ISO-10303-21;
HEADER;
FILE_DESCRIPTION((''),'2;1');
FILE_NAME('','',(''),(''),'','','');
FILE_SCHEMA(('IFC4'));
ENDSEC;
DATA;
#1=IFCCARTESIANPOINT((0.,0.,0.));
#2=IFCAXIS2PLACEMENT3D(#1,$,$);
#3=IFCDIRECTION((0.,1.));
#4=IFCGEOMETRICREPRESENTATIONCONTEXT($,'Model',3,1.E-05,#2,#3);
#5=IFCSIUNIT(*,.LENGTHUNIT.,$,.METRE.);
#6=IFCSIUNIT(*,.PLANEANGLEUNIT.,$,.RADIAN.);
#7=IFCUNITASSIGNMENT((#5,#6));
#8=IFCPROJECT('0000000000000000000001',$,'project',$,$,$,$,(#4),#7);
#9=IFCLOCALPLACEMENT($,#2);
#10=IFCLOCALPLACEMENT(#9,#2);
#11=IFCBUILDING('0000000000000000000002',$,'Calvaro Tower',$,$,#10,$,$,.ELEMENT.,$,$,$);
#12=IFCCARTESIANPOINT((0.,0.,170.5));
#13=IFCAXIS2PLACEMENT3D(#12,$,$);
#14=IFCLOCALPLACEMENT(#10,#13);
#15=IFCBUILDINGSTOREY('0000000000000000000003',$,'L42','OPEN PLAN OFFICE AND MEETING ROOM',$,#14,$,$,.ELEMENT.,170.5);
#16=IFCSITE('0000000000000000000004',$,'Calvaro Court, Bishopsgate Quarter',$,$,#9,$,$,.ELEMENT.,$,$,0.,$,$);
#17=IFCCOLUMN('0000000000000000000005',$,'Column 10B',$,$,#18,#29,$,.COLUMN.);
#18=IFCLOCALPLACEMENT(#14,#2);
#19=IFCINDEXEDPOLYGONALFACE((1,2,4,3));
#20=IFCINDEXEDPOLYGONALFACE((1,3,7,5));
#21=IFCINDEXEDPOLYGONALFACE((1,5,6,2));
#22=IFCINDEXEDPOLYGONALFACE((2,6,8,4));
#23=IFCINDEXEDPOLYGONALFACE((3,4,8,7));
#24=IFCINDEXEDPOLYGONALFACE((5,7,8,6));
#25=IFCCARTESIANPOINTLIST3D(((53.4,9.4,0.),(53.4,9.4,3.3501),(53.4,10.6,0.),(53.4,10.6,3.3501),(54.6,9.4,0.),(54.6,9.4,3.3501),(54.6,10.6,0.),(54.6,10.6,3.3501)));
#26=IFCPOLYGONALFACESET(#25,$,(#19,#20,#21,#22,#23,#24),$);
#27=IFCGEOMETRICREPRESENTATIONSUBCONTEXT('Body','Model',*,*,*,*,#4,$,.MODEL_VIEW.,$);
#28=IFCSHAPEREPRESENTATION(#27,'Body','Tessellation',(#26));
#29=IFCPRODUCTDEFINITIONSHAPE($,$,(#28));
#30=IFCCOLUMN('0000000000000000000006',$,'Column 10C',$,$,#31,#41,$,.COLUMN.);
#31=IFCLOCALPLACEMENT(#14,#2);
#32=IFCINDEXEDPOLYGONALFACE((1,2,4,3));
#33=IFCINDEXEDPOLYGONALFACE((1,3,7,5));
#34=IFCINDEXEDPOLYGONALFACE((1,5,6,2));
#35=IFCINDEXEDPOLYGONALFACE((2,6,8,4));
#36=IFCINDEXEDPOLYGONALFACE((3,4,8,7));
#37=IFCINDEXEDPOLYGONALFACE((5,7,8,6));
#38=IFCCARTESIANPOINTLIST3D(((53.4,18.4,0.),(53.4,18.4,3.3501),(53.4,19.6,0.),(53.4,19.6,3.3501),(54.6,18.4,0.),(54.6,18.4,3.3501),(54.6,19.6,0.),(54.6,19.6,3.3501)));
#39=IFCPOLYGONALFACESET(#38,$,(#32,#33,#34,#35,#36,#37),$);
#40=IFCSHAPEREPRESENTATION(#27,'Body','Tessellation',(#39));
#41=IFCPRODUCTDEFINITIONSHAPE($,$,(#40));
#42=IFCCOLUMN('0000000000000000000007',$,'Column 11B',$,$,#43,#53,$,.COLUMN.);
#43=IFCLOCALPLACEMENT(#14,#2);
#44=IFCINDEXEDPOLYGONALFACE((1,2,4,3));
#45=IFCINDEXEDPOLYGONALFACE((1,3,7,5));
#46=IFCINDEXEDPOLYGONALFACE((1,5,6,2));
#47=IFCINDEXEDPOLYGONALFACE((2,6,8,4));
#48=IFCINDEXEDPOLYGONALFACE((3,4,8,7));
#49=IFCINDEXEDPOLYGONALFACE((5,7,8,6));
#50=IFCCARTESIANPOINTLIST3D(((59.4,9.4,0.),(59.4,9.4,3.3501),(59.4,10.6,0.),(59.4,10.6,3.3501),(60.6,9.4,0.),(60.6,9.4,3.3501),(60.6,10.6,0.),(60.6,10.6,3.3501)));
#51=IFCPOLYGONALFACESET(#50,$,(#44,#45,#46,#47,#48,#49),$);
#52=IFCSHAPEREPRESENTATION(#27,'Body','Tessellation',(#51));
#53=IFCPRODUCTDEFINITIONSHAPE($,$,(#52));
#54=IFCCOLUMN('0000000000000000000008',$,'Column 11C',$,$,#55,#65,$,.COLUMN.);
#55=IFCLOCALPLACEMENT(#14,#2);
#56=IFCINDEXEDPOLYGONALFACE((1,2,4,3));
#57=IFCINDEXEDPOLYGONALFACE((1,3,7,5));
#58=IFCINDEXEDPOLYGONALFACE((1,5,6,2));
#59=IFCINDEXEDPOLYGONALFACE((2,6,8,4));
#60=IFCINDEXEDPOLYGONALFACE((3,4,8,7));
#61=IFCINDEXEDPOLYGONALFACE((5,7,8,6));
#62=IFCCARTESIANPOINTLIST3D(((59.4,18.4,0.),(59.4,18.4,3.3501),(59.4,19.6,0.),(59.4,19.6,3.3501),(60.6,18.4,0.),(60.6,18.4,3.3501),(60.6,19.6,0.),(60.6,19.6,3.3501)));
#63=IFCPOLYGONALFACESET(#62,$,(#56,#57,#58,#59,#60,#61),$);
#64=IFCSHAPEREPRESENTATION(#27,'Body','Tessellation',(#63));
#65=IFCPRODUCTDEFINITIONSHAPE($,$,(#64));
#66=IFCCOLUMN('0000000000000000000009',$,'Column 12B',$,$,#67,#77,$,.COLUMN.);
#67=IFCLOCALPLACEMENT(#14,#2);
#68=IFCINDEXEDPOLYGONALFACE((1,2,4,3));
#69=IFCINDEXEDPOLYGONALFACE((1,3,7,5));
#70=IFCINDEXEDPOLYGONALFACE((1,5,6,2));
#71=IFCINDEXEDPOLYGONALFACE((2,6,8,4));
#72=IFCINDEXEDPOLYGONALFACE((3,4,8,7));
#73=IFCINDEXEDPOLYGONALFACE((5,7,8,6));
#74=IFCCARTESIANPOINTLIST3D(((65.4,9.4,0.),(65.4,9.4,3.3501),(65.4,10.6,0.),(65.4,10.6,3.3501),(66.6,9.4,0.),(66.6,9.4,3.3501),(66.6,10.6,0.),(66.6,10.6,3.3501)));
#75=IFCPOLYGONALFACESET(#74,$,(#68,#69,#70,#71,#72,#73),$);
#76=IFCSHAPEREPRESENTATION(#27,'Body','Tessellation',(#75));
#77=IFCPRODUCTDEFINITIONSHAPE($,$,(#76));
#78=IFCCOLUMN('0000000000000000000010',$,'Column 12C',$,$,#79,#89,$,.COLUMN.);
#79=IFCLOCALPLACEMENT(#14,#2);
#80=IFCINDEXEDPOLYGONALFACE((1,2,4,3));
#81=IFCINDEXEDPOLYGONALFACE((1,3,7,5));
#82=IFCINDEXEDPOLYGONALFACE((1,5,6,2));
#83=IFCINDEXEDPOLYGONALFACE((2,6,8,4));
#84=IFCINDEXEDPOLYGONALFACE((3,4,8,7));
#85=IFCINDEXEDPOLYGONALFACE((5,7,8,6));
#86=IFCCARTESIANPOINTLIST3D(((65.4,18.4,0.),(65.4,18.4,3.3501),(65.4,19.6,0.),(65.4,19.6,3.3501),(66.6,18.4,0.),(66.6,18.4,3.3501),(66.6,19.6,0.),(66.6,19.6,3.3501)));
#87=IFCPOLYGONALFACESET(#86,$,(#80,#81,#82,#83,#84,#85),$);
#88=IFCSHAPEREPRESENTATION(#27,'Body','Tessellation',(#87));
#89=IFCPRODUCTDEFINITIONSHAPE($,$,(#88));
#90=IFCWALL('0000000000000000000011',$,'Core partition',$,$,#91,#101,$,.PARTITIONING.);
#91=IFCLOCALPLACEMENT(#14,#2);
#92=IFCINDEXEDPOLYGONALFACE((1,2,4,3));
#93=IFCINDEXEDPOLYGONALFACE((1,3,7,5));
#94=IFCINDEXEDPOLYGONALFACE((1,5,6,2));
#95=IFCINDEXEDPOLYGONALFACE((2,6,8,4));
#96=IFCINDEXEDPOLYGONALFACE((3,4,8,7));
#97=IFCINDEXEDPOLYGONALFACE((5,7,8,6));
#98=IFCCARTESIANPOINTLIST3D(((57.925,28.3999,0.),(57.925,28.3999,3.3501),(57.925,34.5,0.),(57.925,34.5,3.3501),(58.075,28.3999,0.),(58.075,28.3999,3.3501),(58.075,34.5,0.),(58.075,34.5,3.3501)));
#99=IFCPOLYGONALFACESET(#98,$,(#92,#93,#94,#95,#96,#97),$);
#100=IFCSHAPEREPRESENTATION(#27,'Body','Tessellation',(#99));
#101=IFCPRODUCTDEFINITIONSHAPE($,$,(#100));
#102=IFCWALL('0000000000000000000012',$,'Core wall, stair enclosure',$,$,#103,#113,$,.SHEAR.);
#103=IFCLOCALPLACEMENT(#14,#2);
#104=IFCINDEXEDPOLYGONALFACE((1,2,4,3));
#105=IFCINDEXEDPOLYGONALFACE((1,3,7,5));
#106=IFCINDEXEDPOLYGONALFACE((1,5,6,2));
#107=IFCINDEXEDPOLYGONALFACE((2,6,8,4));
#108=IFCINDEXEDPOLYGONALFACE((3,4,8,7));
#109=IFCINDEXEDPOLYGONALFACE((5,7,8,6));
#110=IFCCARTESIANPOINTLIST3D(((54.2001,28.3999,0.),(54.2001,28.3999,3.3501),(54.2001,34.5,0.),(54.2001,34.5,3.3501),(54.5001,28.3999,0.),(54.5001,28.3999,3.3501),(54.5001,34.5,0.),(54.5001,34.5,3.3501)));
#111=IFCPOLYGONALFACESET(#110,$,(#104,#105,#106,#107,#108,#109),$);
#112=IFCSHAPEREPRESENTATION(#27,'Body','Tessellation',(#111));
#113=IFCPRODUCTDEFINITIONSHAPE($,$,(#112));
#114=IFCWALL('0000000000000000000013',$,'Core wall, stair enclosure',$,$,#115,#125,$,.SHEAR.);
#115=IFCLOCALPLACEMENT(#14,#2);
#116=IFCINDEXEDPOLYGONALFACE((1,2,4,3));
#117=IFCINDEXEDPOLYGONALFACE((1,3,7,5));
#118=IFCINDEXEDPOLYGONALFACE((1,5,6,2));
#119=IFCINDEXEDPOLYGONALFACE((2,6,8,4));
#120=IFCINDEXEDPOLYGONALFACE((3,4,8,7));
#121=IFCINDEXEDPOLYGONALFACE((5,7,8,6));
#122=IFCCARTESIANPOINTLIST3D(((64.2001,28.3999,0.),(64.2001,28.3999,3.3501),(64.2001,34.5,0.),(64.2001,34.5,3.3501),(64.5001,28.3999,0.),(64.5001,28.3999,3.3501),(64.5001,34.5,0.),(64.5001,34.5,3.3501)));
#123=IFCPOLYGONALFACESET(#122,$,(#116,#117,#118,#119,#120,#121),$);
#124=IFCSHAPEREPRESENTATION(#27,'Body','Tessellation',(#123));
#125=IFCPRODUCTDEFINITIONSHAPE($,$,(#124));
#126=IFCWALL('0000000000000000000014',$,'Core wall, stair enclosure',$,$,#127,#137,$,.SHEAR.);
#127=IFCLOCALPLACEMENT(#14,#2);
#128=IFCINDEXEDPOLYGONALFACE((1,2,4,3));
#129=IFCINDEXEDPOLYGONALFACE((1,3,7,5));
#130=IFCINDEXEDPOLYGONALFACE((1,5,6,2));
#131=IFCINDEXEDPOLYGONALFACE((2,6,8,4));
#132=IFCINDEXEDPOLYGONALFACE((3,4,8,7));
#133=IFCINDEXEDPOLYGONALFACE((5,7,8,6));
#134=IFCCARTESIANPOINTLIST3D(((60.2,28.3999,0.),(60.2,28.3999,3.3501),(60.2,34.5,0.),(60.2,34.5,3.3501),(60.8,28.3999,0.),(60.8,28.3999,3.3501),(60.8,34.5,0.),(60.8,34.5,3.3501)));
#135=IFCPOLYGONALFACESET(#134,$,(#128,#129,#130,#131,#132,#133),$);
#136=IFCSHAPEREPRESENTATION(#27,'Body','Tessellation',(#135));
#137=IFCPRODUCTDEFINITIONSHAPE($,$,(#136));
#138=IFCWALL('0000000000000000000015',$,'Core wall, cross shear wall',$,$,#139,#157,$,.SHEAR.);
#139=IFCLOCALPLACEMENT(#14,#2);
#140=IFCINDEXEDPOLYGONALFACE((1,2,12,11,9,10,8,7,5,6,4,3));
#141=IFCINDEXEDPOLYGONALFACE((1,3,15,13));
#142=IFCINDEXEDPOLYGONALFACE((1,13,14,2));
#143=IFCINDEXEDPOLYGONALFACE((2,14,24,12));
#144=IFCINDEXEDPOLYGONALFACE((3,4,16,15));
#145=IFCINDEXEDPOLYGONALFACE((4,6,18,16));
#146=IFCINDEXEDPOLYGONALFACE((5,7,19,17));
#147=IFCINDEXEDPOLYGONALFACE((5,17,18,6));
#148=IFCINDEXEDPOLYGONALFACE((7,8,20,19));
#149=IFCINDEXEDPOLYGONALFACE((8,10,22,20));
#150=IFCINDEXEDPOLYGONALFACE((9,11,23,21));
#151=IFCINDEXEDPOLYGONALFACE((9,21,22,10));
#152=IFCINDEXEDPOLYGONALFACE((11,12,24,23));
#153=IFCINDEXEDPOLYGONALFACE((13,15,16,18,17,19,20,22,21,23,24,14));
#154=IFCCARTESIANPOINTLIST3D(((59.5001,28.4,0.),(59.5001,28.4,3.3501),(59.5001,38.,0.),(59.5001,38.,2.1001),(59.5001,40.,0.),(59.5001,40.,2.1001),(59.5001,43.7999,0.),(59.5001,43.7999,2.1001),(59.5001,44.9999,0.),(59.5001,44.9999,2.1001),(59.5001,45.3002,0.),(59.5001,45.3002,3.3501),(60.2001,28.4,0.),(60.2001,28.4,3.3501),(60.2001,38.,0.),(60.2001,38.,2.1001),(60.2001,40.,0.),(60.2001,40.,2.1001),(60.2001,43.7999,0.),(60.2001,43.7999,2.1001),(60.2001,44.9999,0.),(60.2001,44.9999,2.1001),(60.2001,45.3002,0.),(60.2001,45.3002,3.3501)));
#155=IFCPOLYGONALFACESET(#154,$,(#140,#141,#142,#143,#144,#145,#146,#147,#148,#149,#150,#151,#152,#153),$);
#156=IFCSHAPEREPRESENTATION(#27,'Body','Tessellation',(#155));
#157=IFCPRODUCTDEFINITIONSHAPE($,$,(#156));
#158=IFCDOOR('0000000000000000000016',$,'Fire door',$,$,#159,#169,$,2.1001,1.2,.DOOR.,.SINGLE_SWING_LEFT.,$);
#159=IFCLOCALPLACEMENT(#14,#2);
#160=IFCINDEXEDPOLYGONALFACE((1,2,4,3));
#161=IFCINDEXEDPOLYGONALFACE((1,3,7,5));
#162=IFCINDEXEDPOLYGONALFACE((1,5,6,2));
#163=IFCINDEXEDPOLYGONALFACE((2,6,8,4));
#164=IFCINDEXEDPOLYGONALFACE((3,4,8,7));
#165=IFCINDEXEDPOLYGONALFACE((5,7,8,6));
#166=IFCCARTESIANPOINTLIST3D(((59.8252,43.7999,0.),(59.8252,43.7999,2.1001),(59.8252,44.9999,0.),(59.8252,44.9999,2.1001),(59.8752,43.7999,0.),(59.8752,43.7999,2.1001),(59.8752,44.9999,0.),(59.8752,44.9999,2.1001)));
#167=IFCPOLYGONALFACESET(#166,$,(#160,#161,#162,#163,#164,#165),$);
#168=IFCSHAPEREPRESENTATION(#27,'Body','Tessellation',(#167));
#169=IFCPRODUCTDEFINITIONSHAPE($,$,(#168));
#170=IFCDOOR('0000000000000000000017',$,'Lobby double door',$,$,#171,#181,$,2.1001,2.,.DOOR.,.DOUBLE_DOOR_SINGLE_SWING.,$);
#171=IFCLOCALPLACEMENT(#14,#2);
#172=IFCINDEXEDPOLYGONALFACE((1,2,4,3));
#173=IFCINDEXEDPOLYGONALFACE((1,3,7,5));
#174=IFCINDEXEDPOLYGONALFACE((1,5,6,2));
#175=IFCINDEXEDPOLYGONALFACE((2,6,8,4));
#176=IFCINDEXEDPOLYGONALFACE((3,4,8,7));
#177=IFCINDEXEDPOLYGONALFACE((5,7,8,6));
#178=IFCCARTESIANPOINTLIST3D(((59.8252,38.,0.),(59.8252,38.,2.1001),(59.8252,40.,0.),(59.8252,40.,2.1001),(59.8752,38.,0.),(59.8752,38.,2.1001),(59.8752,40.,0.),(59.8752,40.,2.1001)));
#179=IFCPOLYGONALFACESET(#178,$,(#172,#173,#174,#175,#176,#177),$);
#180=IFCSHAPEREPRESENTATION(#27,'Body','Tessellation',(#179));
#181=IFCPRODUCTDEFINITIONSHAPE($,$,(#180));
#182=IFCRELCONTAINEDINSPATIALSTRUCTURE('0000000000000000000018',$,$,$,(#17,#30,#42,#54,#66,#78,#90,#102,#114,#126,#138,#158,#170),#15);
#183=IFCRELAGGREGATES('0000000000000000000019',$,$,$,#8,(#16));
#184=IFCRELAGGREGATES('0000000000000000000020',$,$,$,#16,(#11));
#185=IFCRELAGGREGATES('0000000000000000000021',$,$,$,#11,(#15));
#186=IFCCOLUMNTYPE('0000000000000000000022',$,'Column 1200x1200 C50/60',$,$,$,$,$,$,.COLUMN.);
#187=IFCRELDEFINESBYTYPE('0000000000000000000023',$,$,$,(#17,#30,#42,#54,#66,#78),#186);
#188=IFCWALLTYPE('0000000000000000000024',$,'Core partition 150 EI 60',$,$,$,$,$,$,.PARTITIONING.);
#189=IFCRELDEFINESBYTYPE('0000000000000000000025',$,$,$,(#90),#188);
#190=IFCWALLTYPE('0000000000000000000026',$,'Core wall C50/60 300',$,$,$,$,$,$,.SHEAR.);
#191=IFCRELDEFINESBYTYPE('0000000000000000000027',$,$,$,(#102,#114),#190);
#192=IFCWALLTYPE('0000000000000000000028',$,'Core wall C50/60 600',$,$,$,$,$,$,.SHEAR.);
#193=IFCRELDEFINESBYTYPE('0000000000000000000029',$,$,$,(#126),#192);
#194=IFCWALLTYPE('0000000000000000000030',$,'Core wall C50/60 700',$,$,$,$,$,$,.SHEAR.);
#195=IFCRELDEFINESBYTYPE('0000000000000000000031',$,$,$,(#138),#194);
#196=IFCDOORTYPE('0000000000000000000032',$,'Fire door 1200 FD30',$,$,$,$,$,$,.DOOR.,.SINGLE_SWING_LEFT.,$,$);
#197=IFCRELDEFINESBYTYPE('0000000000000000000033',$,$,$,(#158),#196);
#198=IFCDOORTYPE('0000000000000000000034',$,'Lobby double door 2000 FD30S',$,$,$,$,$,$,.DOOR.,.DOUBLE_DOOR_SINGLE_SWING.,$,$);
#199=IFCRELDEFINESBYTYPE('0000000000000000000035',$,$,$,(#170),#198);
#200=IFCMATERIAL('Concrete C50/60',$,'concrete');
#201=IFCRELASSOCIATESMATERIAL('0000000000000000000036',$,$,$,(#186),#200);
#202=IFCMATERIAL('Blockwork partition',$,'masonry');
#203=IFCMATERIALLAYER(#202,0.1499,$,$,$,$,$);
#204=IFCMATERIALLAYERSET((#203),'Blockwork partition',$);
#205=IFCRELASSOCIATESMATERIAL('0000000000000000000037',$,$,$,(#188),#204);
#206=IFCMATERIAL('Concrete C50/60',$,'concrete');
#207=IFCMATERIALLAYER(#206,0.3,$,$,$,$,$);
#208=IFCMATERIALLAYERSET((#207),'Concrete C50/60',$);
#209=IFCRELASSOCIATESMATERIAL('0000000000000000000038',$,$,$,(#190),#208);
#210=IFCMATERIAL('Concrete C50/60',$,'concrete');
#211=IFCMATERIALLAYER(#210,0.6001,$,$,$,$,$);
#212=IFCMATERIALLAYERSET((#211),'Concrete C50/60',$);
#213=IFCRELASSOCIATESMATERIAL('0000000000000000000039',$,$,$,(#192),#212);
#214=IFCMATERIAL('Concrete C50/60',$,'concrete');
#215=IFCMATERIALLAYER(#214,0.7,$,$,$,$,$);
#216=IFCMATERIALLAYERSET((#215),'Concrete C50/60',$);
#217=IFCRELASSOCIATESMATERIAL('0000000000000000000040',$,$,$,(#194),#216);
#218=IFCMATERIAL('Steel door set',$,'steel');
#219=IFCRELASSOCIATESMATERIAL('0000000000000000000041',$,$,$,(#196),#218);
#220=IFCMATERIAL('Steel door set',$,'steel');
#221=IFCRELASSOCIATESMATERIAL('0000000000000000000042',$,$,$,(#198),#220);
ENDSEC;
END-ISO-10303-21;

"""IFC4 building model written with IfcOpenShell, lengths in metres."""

from ifc_helpers import new_model, si_unit, direction, frame, frame_2d, origin, origin_2d, place, context, subcontext, project, spatial, rectangle, extrude, material, layer, layer_set, material_profile, profile_set, type_object, element, fill, save


model = new_model("IFC4")

# Units and contexts
model_context = context("Model", 3, precision=1e-05, world=origin(), true_north=direction((0.0, 1.0)))
body_context = subcontext(model_context, "Body", "Model", "MODEL_VIEW")
ifc_project = project(units=[si_unit("LENGTHUNIT", "METRE"), si_unit("PLANEANGLEUNIT", "RADIAN")], contexts=[model_context])

# Site, building, storey
site_placement = place(None, origin())
site = spatial("IfcSite", under=ifc_project, at=site_placement, Name="Calvaro Court, Bishopsgate Quarter", CompositionType="ELEMENT", RefElevation=0.0)
building_placement = place(site_placement, origin())
building = spatial("IfcBuilding", under=site, at=building_placement, Name="Calvaro Tower", CompositionType="ELEMENT")
storey_placement = place(building_placement, frame((0.0, 0.0, 170.5)))
storey = spatial("IfcBuildingStorey", under=building, at=storey_placement, Name="L42", Description="OPEN PLAN OFFICE AND MEETING ROOM", CompositionType="ELEMENT", Elevation=170.5)

# Columns
ifc_material_1 = material(Name="Concrete C50/60", Category="concrete")
ifc_material_profile = material_profile(ifc_material_1, rectangle(XDim=1.2, YDim=1.2, at=origin_2d()), Name="RC 1200x1200")
ifc_profile_set = profile_set([ifc_material_profile], Name="Concrete C50/60")
column_type = type_object("IfcColumnType", Name="Column 1200x1200 C50/60", PredefinedType="COLUMN", material=ifc_profile_set)
for number, where, z_axis, x_axis, name in (
    (1, (54.0, 10.0, 0.0), (0.0, 0.0, 1.0), (1.0, 0.0, 0.0), "Column 10B"),
    (2, (54.0, 19.0, 0.0), (0.0, 0.0, 1.0), (1.0, 0.0, 0.0), "Column 10C"),
    (3, (60.0, 10.0, 0.0), (0.0, 0.0, 1.0), (1.0, 0.0, 0.0), "Column 11B"),
    (4, (60.0, 19.0, 0.0), (0.0, 0.0, 1.0), (1.0, 0.0, 0.0), "Column 11C"),
    (5, (66.0, 10.0, 0.0), (0.0, 0.0, 1.0), (1.0, 0.0, 0.0), "Column 12B"),
    (6, (66.0, 19.0, 0.0), (0.0, 0.0, 1.0), (1.0, 0.0, 0.0), "Column 12C"),
):
    element("IfcColumn", number, at=place(storey_placement, frame(where, z_axis=z_axis, x_axis=x_axis)), inside=storey, type_object=column_type, Name=name, PredefinedType="COLUMN", context=body_context, shape_type="SweptSolid", body=[
        extrude(rectangle(XDim=1.2, YDim=1.2, at=origin_2d()), origin(), (0.0, 0.0, 1.0), 3.3501),
    ])

# Walls
ifc_material_2 = material(Name="Blockwork partition", Category="masonry")
ifc_layer_1 = layer(ifc_material_2, 0.1499)
ifc_layer_set_1 = layer_set([ifc_layer_1], Name="Blockwork partition")
wall_type_1 = type_object("IfcWallType", Name="Core partition 150 EI 60", PredefinedType="PARTITIONING", material=ifc_layer_set_1)
wall_1_placement = place(storey_placement, frame((58.0, 28.3999, 0.0), z_axis=(0.0, 0.0, 1.0), x_axis=(0.0, 1.0, 0.0)))
element("IfcWall", 7, at=wall_1_placement, inside=storey, type_object=wall_type_1, Name="Core partition", PredefinedType="PARTITIONING", context=body_context, shape_type="SweptSolid", body=[
    extrude(rectangle(XDim=6.1001, YDim=0.1499, at=frame_2d((3.05, 0.0))), origin(), (0.0, 0.0, 1.0), 3.3501),
])
ifc_material_3 = material(Name="Concrete C50/60", Category="concrete")
ifc_layer_2 = layer(ifc_material_3, 0.3)
ifc_layer_set_2 = layer_set([ifc_layer_2], Name="Concrete C50/60")
wall_type_2 = type_object("IfcWallType", Name="Core wall C50/60 300", PredefinedType="SHEAR", material=ifc_layer_set_2)
for number, where, z_axis, x_axis, name in (
    (8, (54.3501, 28.3999, 0.0), (0.0, 0.0, 1.0), (0.0, 1.0, 0.0), "Core wall, stair enclosure"),
    (9, (64.3501, 28.3999, 0.0), (0.0, 0.0, 1.0), (0.0, 1.0, 0.0), "Core wall, stair enclosure"),
):
    element("IfcWall", number, at=place(storey_placement, frame(where, z_axis=z_axis, x_axis=x_axis)), inside=storey, type_object=wall_type_2, Name=name, PredefinedType="SHEAR", context=body_context, shape_type="SweptSolid", body=[
        extrude(rectangle(XDim=6.1001, YDim=0.3, at=frame_2d((3.05, 0.0))), origin(), (0.0, 0.0, 1.0), 3.3501),
    ])
ifc_material_4 = material(Name="Concrete C50/60", Category="concrete")
ifc_layer_3 = layer(ifc_material_4, 0.6001)
ifc_layer_set_3 = layer_set([ifc_layer_3], Name="Concrete C50/60")
wall_type_3 = type_object("IfcWallType", Name="Core wall C50/60 600", PredefinedType="SHEAR", material=ifc_layer_set_3)
wall_2_placement = place(storey_placement, frame((60.5, 28.3999, 0.0), z_axis=(0.0, 0.0, 1.0), x_axis=(0.0, 1.0, 0.0)))
element("IfcWall", 10, at=wall_2_placement, inside=storey, type_object=wall_type_3, Name="Core wall, stair enclosure", PredefinedType="SHEAR", context=body_context, shape_type="SweptSolid", body=[
    extrude(rectangle(XDim=6.1001, YDim=0.6001, at=frame_2d((3.05, 0.0))), origin(), (0.0, 0.0, 1.0), 3.3501),
])

# Wall, openings, doors
ifc_material_5 = material(Name="Concrete C50/60", Category="concrete")
ifc_layer_4 = layer(ifc_material_5, 0.7)
ifc_layer_set_4 = layer_set([ifc_layer_4], Name="Concrete C50/60")
wall_type_4 = type_object("IfcWallType", Name="Core wall C50/60 700", PredefinedType="SHEAR", material=ifc_layer_set_4)
wall_3_placement = place(storey_placement, frame((59.8501, 28.3999, 0.0), z_axis=(0.0, 0.0, 1.0), x_axis=(0.0, 1.0, 0.0)))
wall_3 = element("IfcWall", 11, at=wall_3_placement, inside=storey, type_object=wall_type_4, Name="Core wall, cross shear wall", PredefinedType="SHEAR", context=body_context, shape_type="SweptSolid", body=[
    extrude(rectangle(XDim=16.9001, YDim=0.7, at=frame_2d((8.4502, 0.0))), origin(), (0.0, 0.0, 1.0), 3.3501),
])
opening_1_placement = place(wall_3_placement, frame((9.6001, 0.0, 0.0)))
opening_1 = element("IfcOpeningElement", 12, at=opening_1_placement, cuts=wall_3, PredefinedType="OPENING", context=body_context, shape_type="SweptSolid", body=[
    extrude(rectangle(XDim=2.0, YDim=2.1001, at=frame_2d((1.0, 1.05))), frame((0.0, 0.3599, 0.0), z_axis=(0.0, -1.0, 0.0), x_axis=(1.0, 0.0, 0.0)), (0.0, 0.0, 1.0), 0.72),
])
opening_2_placement = place(wall_3_placement, frame((15.3999, 0.0, 0.0)))
opening_2 = element("IfcOpeningElement", 13, at=opening_2_placement, cuts=wall_3, PredefinedType="OPENING", context=body_context, shape_type="SweptSolid", body=[
    extrude(rectangle(XDim=1.2, YDim=2.1001, at=frame_2d((0.6001, 1.05))), frame((0.0, 0.3599, 0.0), z_axis=(0.0, -1.0, 0.0), x_axis=(1.0, 0.0, 0.0)), (0.0, 0.0, 1.0), 0.72),
])
ifc_material_6 = material(Name="Steel door set", Category="steel")
door_type_1 = type_object("IfcDoorType", Name="Fire door 1200 FD30", OperationType="SINGLE_SWING_LEFT", PredefinedType="DOOR", material=ifc_material_6)
door_1_placement = place(opening_2_placement, origin())
door_1 = element("IfcDoor", 14, at=door_1_placement, inside=storey, type_object=door_type_1, Name="Fire door", OperationType="SINGLE_SWING_LEFT", OverallHeight=2.1001, OverallWidth=1.2, PredefinedType="DOOR", context=body_context, shape_type="SweptSolid", body=[
    extrude(rectangle(XDim=1.2, YDim=2.1001, at=frame_2d((0.6001, 1.05))), frame((0.0, 0.0249, 0.0), z_axis=(0.0, -1.0, 0.0), x_axis=(1.0, 0.0, 0.0)), (0.0, 0.0, 1.0), 0.05),
])
fill(opening_2, door_1)
ifc_material_7 = material(Name="Steel door set", Category="steel")
door_type_2 = type_object("IfcDoorType", Name="Lobby double door 2000 FD30S", OperationType="DOUBLE_DOOR_SINGLE_SWING", PredefinedType="DOOR", material=ifc_material_7)
door_2_placement = place(opening_1_placement, origin())
door_2 = element("IfcDoor", 15, at=door_2_placement, inside=storey, type_object=door_type_2, Name="Lobby double door", OperationType="DOUBLE_DOOR_SINGLE_SWING", OverallHeight=2.1001, OverallWidth=2.0, PredefinedType="DOOR", context=body_context, shape_type="SweptSolid", body=[
    extrude(rectangle(XDim=2.0, YDim=2.1001, at=frame_2d((1.0, 1.05))), frame((0.0, 0.0249, 0.0), z_axis=(0.0, -1.0, 0.0), x_axis=(1.0, 0.0, 0.0)), (0.0, 0.0, 1.0), 0.05),
])
fill(opening_1, door_2)

save(model, "model.ifc")
